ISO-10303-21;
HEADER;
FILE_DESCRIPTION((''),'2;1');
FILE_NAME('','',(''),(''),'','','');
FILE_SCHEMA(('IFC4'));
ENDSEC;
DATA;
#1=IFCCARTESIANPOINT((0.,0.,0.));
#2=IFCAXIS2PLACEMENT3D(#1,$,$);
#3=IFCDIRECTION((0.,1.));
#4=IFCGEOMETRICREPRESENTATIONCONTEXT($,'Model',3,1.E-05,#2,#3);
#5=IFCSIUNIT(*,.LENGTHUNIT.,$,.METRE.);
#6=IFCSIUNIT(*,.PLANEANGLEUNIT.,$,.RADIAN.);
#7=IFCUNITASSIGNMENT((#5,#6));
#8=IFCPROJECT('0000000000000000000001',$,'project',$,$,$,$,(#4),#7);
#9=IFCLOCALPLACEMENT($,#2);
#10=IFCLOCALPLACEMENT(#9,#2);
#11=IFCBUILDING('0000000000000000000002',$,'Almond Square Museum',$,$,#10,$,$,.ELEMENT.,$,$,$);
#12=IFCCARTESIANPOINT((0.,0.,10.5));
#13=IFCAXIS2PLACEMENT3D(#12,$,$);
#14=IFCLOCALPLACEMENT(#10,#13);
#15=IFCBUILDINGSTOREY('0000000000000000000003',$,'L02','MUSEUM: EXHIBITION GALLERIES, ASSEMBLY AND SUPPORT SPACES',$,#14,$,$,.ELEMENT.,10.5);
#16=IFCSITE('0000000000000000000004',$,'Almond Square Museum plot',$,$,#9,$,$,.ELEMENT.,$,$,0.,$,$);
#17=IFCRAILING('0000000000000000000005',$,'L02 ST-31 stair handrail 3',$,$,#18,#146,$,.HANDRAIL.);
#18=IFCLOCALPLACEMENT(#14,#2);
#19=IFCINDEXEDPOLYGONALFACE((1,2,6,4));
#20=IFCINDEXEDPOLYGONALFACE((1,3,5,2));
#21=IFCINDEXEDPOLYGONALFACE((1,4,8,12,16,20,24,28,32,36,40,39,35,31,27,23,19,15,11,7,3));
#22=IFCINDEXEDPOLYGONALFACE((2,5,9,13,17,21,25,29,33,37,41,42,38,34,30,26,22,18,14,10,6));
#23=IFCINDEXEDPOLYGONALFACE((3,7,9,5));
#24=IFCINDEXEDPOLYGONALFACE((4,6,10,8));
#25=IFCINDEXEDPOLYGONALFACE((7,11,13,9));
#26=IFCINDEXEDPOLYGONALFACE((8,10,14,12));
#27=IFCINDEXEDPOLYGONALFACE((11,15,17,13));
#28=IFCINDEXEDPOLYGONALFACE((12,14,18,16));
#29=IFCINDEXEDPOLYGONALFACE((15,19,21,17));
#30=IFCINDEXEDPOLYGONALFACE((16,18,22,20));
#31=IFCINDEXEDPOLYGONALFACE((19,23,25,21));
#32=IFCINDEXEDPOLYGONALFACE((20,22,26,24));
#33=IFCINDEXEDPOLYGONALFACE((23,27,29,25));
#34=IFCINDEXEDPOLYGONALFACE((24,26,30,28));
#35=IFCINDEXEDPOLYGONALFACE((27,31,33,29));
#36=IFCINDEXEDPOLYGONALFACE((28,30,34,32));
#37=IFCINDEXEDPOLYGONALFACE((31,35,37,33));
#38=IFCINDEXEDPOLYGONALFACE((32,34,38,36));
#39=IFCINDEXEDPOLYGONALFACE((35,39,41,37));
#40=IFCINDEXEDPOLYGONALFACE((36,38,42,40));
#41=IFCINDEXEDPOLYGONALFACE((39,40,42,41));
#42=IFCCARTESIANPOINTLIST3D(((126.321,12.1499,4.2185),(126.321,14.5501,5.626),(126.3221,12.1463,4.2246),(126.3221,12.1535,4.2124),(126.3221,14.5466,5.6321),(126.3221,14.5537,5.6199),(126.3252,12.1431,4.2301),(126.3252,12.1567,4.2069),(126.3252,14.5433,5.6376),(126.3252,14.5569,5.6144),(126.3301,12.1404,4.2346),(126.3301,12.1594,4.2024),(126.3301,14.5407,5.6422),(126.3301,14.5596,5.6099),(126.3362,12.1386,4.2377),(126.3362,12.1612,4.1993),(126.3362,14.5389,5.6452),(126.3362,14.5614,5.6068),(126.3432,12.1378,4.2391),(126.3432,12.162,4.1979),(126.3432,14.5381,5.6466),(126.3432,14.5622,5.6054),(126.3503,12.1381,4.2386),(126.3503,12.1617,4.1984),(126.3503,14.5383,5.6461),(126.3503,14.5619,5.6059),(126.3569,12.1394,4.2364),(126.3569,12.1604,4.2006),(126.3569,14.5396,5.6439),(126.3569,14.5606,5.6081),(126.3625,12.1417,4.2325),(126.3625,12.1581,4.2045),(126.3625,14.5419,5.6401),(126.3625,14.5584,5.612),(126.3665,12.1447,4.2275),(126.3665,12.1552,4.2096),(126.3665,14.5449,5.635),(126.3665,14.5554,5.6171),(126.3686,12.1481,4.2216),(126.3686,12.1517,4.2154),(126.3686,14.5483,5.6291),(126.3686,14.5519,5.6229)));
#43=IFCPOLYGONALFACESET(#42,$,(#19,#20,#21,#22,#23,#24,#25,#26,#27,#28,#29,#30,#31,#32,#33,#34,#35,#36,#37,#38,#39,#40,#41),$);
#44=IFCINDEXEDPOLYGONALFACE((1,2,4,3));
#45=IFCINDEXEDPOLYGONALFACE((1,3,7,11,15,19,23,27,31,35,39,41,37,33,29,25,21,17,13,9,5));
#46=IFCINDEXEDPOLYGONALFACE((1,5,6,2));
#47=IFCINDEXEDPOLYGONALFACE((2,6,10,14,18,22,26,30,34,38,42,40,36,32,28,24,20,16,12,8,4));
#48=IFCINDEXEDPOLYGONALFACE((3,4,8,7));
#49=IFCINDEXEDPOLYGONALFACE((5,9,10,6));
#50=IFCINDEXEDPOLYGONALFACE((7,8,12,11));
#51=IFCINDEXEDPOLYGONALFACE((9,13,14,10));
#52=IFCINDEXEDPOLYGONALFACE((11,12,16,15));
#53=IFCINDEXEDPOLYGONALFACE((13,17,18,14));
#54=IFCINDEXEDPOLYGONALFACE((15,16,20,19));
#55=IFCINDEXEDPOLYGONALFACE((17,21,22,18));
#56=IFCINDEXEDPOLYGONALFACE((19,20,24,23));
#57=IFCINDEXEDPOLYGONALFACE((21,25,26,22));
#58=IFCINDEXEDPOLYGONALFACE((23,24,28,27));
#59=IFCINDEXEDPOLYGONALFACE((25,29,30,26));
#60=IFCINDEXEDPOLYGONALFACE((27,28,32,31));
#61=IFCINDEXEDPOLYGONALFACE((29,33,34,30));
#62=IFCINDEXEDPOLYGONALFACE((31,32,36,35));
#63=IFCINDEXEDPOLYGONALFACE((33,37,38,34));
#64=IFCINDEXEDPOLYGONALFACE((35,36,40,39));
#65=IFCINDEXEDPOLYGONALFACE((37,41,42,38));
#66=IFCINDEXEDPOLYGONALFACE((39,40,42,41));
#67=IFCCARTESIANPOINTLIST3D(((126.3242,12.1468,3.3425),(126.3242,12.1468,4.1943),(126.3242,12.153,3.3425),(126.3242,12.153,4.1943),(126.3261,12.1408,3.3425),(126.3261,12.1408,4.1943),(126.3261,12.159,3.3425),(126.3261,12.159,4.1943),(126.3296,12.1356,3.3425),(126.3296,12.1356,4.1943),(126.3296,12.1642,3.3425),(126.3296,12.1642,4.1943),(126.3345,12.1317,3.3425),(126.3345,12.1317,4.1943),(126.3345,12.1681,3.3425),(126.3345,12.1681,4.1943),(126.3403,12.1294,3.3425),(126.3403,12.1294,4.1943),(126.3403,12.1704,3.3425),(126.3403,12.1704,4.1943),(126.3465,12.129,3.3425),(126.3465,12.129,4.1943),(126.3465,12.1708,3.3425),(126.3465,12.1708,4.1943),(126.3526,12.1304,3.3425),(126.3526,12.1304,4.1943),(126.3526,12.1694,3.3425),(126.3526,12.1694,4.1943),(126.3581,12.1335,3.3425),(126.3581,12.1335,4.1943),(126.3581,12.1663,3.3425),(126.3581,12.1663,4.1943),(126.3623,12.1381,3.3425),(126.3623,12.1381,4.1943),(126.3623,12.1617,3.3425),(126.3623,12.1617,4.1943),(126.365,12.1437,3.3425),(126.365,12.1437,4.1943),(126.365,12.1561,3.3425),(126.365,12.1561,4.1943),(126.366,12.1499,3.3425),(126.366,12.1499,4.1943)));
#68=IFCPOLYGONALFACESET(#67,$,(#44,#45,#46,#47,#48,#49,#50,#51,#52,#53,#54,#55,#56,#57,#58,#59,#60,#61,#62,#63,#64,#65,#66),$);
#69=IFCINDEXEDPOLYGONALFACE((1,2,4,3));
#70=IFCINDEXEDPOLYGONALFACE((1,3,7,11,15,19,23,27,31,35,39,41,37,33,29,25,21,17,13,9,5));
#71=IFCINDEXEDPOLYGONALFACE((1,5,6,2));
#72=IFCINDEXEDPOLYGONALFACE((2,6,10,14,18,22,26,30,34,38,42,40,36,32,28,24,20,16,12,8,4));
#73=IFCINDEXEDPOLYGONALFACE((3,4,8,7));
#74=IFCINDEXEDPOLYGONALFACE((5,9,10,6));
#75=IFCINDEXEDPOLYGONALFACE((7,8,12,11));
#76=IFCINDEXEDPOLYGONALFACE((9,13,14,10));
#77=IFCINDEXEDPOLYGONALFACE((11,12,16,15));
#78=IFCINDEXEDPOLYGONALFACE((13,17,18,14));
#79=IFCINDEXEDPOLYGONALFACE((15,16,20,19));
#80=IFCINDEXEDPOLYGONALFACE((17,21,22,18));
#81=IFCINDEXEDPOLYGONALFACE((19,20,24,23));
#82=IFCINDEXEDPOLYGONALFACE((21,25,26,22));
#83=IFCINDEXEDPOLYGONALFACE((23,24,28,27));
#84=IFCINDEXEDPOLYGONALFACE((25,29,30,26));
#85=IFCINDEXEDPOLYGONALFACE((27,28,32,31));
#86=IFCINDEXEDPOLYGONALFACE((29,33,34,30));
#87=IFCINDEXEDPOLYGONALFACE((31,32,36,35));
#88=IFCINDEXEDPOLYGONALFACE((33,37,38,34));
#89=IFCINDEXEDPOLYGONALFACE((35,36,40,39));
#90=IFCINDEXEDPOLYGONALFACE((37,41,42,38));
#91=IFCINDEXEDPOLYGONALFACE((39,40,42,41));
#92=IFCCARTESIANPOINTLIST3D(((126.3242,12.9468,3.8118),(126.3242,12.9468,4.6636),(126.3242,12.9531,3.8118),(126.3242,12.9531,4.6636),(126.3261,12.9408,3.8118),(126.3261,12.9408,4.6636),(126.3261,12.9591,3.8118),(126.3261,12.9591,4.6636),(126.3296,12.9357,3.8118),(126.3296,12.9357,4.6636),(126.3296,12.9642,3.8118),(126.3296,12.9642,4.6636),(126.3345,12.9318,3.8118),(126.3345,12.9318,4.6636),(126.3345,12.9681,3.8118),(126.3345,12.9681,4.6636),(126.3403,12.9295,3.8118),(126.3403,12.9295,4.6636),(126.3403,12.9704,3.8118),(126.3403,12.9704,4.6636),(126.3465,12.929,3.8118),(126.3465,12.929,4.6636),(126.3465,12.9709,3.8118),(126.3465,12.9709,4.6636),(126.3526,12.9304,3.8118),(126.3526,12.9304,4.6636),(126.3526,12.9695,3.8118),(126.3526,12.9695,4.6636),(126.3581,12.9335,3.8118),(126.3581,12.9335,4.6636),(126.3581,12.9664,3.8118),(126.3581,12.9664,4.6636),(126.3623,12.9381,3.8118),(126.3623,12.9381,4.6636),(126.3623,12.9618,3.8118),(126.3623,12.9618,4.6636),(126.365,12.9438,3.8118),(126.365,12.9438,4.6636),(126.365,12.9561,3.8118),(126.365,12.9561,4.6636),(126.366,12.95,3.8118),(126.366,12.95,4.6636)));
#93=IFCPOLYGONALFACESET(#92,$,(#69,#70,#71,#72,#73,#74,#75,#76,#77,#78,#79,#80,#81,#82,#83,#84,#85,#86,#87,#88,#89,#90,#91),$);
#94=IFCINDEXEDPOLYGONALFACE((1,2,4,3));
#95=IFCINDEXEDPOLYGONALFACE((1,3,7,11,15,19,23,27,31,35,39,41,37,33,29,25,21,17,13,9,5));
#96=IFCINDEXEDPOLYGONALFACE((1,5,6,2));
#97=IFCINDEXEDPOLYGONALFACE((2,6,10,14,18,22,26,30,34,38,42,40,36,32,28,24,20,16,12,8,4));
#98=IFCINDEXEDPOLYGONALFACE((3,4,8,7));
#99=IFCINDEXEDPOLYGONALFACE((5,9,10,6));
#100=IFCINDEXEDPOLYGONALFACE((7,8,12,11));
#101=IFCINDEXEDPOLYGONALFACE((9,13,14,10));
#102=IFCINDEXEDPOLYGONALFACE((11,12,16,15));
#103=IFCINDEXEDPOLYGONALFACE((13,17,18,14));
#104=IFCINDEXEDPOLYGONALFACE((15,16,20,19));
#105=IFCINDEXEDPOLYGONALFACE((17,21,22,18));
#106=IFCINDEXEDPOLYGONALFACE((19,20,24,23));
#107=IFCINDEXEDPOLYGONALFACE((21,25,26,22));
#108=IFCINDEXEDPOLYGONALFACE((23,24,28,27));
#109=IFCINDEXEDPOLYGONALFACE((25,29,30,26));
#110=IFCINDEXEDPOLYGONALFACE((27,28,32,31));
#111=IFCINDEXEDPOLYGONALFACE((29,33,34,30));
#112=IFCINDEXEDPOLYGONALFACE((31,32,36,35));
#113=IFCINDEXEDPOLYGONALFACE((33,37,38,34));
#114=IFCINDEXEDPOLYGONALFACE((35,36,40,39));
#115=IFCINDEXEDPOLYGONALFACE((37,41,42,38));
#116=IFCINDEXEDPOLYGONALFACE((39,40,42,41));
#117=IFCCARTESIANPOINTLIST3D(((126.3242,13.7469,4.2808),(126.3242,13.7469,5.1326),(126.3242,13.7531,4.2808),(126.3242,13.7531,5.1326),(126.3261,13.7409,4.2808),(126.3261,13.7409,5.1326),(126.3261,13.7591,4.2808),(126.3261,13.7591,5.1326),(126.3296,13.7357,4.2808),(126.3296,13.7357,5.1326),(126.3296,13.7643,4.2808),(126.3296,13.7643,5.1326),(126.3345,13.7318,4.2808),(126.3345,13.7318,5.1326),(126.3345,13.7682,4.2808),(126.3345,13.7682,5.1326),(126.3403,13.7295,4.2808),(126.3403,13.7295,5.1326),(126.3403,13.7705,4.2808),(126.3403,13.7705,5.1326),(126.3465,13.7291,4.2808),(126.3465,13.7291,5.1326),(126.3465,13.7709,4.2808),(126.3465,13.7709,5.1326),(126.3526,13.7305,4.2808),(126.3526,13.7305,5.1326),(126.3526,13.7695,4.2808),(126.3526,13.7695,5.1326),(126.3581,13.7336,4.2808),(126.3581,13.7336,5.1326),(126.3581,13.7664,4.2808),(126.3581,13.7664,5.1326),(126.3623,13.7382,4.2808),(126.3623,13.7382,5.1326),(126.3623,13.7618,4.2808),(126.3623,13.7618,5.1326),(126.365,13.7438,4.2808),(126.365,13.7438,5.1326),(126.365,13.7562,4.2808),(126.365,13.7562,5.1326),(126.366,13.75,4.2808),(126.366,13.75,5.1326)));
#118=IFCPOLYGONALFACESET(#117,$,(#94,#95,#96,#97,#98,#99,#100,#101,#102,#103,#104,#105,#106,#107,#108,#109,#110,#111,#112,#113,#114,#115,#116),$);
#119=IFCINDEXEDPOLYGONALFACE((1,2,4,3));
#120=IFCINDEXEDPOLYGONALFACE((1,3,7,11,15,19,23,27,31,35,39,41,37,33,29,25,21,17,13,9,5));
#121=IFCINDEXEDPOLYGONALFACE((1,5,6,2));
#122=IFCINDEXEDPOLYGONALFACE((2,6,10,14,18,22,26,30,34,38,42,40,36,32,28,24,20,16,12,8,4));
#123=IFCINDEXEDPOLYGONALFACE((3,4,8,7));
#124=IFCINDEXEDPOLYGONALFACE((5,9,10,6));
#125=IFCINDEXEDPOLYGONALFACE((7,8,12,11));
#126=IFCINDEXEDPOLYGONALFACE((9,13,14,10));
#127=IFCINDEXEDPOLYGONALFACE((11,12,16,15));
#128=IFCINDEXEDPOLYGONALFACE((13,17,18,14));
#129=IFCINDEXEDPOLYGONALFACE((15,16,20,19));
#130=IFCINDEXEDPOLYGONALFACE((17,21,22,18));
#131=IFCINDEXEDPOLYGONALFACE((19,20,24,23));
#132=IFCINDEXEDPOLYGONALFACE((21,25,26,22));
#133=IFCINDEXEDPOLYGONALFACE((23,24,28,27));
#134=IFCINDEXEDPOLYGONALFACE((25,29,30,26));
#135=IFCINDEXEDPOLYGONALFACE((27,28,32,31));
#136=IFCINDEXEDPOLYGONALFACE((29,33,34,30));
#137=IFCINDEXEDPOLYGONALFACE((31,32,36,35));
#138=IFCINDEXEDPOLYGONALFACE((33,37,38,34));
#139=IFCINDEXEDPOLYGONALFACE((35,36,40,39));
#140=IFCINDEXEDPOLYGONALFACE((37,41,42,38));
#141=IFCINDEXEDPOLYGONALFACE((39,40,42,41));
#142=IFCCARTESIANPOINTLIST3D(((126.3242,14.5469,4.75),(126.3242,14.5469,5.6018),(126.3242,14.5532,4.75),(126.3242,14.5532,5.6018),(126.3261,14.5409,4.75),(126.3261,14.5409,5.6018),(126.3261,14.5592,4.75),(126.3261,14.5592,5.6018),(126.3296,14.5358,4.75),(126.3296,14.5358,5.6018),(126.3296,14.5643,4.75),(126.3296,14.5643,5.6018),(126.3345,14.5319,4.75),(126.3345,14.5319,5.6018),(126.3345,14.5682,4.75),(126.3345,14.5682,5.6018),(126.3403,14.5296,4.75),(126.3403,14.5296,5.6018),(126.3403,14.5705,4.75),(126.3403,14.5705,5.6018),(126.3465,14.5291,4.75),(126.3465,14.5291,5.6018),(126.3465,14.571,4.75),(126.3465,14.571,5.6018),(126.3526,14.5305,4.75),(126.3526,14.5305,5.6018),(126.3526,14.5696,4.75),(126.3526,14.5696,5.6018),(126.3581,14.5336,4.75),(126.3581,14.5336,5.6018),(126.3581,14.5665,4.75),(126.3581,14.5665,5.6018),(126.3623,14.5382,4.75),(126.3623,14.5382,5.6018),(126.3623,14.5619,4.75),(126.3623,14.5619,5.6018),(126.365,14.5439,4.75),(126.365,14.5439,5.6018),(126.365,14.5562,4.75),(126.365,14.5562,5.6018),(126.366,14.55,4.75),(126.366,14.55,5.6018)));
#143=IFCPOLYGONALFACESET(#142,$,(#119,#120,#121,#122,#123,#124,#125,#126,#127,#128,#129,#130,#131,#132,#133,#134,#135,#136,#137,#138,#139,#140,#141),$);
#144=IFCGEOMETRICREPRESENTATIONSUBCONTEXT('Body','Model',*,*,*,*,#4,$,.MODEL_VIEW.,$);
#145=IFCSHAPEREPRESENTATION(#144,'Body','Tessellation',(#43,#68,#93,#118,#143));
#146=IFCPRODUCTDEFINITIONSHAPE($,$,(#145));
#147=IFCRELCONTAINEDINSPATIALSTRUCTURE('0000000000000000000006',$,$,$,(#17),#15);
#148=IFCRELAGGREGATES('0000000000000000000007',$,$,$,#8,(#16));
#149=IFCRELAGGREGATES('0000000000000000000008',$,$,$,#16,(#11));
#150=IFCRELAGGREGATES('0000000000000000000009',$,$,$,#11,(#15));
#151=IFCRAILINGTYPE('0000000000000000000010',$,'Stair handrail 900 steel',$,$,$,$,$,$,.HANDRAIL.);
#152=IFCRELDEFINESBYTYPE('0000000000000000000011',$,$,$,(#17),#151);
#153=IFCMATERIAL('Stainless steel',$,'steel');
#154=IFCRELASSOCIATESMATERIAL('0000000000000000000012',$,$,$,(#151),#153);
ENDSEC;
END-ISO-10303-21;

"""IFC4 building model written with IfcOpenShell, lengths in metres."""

from ifc_helpers import new_model, si_unit, direction, frame, origin, origin_2d, place, context, subcontext, project, spatial, circle, extrude, material, type_object, element, save


model = new_model("IFC4")

# Units and contexts
model_context = context("Model", 3, precision=1e-05, world=origin(), true_north=direction((0.0, 1.0)))
body_context = subcontext(model_context, "Body", "Model", "MODEL_VIEW")
ifc_project = project(units=[si_unit("LENGTHUNIT", "METRE"), si_unit("PLANEANGLEUNIT", "RADIAN")], contexts=[model_context])

# Site, building, storey
site_placement = place(None, origin())
site = spatial("IfcSite", under=ifc_project, at=site_placement, Name="Almond Square Museum plot", CompositionType="ELEMENT", RefElevation=0.0)
building_placement = place(site_placement, origin())
building = spatial("IfcBuilding", under=site, at=building_placement, Name="Almond Square Museum", CompositionType="ELEMENT")
storey_placement = place(building_placement, frame((0.0, 0.0, 10.5)))
storey = spatial("IfcBuildingStorey", under=building, at=storey_placement, Name="L02", Description="MUSEUM: EXHIBITION GALLERIES, ASSEMBLY AND SUPPORT SPACES", CompositionType="ELEMENT", Elevation=10.5)

# Railing
ifc_material_1 = material(Name="Stainless steel", Category="steel")
railing_type_1 = type_object("IfcRailingType", Name="Stair handrail 900 steel", PredefinedType="HANDRAIL", material=ifc_material_1)
for number, where, name in (
    (1, (126.345, 12.1499, 3.3425), "L02 ST-31 stair handrail 3"),
):
    element("IfcRailing", number, at=place(storey_placement, frame(where)), inside=storey, type_object=railing_type_1, Name=name, PredefinedType="HANDRAIL", context=body_context, shape_type="SweptSolid", body=[
        extrude(circle(Radius=0.0239, at=origin_2d()), frame((0.0, 0.0, 0.876), z_axis=(0.0, 0.862621, 0.50585), x_axis=(-1.0, 0.0, 0.0)), (0.0, 0.0, 1.0), 2.7825),
        extrude(circle(Radius=0.021, at=origin_2d()), origin(), (0.0, 0.0, 1.0), 0.8518),
        extrude(circle(Radius=0.021, at=origin_2d()), frame((0.0, 0.8, 0.4692)), (0.0, 0.0, 1.0), 0.8518),
        extrude(circle(Radius=0.021, at=origin_2d()), frame((0.0, 1.6001, 0.9382)), (0.0, 0.0, 1.0), 0.8518),
        extrude(circle(Radius=0.021, at=origin_2d()), frame((0.0, 2.4001, 1.4075)), (0.0, 0.0, 1.0), 0.8518),
    ])

save(model, "model.ifc")
